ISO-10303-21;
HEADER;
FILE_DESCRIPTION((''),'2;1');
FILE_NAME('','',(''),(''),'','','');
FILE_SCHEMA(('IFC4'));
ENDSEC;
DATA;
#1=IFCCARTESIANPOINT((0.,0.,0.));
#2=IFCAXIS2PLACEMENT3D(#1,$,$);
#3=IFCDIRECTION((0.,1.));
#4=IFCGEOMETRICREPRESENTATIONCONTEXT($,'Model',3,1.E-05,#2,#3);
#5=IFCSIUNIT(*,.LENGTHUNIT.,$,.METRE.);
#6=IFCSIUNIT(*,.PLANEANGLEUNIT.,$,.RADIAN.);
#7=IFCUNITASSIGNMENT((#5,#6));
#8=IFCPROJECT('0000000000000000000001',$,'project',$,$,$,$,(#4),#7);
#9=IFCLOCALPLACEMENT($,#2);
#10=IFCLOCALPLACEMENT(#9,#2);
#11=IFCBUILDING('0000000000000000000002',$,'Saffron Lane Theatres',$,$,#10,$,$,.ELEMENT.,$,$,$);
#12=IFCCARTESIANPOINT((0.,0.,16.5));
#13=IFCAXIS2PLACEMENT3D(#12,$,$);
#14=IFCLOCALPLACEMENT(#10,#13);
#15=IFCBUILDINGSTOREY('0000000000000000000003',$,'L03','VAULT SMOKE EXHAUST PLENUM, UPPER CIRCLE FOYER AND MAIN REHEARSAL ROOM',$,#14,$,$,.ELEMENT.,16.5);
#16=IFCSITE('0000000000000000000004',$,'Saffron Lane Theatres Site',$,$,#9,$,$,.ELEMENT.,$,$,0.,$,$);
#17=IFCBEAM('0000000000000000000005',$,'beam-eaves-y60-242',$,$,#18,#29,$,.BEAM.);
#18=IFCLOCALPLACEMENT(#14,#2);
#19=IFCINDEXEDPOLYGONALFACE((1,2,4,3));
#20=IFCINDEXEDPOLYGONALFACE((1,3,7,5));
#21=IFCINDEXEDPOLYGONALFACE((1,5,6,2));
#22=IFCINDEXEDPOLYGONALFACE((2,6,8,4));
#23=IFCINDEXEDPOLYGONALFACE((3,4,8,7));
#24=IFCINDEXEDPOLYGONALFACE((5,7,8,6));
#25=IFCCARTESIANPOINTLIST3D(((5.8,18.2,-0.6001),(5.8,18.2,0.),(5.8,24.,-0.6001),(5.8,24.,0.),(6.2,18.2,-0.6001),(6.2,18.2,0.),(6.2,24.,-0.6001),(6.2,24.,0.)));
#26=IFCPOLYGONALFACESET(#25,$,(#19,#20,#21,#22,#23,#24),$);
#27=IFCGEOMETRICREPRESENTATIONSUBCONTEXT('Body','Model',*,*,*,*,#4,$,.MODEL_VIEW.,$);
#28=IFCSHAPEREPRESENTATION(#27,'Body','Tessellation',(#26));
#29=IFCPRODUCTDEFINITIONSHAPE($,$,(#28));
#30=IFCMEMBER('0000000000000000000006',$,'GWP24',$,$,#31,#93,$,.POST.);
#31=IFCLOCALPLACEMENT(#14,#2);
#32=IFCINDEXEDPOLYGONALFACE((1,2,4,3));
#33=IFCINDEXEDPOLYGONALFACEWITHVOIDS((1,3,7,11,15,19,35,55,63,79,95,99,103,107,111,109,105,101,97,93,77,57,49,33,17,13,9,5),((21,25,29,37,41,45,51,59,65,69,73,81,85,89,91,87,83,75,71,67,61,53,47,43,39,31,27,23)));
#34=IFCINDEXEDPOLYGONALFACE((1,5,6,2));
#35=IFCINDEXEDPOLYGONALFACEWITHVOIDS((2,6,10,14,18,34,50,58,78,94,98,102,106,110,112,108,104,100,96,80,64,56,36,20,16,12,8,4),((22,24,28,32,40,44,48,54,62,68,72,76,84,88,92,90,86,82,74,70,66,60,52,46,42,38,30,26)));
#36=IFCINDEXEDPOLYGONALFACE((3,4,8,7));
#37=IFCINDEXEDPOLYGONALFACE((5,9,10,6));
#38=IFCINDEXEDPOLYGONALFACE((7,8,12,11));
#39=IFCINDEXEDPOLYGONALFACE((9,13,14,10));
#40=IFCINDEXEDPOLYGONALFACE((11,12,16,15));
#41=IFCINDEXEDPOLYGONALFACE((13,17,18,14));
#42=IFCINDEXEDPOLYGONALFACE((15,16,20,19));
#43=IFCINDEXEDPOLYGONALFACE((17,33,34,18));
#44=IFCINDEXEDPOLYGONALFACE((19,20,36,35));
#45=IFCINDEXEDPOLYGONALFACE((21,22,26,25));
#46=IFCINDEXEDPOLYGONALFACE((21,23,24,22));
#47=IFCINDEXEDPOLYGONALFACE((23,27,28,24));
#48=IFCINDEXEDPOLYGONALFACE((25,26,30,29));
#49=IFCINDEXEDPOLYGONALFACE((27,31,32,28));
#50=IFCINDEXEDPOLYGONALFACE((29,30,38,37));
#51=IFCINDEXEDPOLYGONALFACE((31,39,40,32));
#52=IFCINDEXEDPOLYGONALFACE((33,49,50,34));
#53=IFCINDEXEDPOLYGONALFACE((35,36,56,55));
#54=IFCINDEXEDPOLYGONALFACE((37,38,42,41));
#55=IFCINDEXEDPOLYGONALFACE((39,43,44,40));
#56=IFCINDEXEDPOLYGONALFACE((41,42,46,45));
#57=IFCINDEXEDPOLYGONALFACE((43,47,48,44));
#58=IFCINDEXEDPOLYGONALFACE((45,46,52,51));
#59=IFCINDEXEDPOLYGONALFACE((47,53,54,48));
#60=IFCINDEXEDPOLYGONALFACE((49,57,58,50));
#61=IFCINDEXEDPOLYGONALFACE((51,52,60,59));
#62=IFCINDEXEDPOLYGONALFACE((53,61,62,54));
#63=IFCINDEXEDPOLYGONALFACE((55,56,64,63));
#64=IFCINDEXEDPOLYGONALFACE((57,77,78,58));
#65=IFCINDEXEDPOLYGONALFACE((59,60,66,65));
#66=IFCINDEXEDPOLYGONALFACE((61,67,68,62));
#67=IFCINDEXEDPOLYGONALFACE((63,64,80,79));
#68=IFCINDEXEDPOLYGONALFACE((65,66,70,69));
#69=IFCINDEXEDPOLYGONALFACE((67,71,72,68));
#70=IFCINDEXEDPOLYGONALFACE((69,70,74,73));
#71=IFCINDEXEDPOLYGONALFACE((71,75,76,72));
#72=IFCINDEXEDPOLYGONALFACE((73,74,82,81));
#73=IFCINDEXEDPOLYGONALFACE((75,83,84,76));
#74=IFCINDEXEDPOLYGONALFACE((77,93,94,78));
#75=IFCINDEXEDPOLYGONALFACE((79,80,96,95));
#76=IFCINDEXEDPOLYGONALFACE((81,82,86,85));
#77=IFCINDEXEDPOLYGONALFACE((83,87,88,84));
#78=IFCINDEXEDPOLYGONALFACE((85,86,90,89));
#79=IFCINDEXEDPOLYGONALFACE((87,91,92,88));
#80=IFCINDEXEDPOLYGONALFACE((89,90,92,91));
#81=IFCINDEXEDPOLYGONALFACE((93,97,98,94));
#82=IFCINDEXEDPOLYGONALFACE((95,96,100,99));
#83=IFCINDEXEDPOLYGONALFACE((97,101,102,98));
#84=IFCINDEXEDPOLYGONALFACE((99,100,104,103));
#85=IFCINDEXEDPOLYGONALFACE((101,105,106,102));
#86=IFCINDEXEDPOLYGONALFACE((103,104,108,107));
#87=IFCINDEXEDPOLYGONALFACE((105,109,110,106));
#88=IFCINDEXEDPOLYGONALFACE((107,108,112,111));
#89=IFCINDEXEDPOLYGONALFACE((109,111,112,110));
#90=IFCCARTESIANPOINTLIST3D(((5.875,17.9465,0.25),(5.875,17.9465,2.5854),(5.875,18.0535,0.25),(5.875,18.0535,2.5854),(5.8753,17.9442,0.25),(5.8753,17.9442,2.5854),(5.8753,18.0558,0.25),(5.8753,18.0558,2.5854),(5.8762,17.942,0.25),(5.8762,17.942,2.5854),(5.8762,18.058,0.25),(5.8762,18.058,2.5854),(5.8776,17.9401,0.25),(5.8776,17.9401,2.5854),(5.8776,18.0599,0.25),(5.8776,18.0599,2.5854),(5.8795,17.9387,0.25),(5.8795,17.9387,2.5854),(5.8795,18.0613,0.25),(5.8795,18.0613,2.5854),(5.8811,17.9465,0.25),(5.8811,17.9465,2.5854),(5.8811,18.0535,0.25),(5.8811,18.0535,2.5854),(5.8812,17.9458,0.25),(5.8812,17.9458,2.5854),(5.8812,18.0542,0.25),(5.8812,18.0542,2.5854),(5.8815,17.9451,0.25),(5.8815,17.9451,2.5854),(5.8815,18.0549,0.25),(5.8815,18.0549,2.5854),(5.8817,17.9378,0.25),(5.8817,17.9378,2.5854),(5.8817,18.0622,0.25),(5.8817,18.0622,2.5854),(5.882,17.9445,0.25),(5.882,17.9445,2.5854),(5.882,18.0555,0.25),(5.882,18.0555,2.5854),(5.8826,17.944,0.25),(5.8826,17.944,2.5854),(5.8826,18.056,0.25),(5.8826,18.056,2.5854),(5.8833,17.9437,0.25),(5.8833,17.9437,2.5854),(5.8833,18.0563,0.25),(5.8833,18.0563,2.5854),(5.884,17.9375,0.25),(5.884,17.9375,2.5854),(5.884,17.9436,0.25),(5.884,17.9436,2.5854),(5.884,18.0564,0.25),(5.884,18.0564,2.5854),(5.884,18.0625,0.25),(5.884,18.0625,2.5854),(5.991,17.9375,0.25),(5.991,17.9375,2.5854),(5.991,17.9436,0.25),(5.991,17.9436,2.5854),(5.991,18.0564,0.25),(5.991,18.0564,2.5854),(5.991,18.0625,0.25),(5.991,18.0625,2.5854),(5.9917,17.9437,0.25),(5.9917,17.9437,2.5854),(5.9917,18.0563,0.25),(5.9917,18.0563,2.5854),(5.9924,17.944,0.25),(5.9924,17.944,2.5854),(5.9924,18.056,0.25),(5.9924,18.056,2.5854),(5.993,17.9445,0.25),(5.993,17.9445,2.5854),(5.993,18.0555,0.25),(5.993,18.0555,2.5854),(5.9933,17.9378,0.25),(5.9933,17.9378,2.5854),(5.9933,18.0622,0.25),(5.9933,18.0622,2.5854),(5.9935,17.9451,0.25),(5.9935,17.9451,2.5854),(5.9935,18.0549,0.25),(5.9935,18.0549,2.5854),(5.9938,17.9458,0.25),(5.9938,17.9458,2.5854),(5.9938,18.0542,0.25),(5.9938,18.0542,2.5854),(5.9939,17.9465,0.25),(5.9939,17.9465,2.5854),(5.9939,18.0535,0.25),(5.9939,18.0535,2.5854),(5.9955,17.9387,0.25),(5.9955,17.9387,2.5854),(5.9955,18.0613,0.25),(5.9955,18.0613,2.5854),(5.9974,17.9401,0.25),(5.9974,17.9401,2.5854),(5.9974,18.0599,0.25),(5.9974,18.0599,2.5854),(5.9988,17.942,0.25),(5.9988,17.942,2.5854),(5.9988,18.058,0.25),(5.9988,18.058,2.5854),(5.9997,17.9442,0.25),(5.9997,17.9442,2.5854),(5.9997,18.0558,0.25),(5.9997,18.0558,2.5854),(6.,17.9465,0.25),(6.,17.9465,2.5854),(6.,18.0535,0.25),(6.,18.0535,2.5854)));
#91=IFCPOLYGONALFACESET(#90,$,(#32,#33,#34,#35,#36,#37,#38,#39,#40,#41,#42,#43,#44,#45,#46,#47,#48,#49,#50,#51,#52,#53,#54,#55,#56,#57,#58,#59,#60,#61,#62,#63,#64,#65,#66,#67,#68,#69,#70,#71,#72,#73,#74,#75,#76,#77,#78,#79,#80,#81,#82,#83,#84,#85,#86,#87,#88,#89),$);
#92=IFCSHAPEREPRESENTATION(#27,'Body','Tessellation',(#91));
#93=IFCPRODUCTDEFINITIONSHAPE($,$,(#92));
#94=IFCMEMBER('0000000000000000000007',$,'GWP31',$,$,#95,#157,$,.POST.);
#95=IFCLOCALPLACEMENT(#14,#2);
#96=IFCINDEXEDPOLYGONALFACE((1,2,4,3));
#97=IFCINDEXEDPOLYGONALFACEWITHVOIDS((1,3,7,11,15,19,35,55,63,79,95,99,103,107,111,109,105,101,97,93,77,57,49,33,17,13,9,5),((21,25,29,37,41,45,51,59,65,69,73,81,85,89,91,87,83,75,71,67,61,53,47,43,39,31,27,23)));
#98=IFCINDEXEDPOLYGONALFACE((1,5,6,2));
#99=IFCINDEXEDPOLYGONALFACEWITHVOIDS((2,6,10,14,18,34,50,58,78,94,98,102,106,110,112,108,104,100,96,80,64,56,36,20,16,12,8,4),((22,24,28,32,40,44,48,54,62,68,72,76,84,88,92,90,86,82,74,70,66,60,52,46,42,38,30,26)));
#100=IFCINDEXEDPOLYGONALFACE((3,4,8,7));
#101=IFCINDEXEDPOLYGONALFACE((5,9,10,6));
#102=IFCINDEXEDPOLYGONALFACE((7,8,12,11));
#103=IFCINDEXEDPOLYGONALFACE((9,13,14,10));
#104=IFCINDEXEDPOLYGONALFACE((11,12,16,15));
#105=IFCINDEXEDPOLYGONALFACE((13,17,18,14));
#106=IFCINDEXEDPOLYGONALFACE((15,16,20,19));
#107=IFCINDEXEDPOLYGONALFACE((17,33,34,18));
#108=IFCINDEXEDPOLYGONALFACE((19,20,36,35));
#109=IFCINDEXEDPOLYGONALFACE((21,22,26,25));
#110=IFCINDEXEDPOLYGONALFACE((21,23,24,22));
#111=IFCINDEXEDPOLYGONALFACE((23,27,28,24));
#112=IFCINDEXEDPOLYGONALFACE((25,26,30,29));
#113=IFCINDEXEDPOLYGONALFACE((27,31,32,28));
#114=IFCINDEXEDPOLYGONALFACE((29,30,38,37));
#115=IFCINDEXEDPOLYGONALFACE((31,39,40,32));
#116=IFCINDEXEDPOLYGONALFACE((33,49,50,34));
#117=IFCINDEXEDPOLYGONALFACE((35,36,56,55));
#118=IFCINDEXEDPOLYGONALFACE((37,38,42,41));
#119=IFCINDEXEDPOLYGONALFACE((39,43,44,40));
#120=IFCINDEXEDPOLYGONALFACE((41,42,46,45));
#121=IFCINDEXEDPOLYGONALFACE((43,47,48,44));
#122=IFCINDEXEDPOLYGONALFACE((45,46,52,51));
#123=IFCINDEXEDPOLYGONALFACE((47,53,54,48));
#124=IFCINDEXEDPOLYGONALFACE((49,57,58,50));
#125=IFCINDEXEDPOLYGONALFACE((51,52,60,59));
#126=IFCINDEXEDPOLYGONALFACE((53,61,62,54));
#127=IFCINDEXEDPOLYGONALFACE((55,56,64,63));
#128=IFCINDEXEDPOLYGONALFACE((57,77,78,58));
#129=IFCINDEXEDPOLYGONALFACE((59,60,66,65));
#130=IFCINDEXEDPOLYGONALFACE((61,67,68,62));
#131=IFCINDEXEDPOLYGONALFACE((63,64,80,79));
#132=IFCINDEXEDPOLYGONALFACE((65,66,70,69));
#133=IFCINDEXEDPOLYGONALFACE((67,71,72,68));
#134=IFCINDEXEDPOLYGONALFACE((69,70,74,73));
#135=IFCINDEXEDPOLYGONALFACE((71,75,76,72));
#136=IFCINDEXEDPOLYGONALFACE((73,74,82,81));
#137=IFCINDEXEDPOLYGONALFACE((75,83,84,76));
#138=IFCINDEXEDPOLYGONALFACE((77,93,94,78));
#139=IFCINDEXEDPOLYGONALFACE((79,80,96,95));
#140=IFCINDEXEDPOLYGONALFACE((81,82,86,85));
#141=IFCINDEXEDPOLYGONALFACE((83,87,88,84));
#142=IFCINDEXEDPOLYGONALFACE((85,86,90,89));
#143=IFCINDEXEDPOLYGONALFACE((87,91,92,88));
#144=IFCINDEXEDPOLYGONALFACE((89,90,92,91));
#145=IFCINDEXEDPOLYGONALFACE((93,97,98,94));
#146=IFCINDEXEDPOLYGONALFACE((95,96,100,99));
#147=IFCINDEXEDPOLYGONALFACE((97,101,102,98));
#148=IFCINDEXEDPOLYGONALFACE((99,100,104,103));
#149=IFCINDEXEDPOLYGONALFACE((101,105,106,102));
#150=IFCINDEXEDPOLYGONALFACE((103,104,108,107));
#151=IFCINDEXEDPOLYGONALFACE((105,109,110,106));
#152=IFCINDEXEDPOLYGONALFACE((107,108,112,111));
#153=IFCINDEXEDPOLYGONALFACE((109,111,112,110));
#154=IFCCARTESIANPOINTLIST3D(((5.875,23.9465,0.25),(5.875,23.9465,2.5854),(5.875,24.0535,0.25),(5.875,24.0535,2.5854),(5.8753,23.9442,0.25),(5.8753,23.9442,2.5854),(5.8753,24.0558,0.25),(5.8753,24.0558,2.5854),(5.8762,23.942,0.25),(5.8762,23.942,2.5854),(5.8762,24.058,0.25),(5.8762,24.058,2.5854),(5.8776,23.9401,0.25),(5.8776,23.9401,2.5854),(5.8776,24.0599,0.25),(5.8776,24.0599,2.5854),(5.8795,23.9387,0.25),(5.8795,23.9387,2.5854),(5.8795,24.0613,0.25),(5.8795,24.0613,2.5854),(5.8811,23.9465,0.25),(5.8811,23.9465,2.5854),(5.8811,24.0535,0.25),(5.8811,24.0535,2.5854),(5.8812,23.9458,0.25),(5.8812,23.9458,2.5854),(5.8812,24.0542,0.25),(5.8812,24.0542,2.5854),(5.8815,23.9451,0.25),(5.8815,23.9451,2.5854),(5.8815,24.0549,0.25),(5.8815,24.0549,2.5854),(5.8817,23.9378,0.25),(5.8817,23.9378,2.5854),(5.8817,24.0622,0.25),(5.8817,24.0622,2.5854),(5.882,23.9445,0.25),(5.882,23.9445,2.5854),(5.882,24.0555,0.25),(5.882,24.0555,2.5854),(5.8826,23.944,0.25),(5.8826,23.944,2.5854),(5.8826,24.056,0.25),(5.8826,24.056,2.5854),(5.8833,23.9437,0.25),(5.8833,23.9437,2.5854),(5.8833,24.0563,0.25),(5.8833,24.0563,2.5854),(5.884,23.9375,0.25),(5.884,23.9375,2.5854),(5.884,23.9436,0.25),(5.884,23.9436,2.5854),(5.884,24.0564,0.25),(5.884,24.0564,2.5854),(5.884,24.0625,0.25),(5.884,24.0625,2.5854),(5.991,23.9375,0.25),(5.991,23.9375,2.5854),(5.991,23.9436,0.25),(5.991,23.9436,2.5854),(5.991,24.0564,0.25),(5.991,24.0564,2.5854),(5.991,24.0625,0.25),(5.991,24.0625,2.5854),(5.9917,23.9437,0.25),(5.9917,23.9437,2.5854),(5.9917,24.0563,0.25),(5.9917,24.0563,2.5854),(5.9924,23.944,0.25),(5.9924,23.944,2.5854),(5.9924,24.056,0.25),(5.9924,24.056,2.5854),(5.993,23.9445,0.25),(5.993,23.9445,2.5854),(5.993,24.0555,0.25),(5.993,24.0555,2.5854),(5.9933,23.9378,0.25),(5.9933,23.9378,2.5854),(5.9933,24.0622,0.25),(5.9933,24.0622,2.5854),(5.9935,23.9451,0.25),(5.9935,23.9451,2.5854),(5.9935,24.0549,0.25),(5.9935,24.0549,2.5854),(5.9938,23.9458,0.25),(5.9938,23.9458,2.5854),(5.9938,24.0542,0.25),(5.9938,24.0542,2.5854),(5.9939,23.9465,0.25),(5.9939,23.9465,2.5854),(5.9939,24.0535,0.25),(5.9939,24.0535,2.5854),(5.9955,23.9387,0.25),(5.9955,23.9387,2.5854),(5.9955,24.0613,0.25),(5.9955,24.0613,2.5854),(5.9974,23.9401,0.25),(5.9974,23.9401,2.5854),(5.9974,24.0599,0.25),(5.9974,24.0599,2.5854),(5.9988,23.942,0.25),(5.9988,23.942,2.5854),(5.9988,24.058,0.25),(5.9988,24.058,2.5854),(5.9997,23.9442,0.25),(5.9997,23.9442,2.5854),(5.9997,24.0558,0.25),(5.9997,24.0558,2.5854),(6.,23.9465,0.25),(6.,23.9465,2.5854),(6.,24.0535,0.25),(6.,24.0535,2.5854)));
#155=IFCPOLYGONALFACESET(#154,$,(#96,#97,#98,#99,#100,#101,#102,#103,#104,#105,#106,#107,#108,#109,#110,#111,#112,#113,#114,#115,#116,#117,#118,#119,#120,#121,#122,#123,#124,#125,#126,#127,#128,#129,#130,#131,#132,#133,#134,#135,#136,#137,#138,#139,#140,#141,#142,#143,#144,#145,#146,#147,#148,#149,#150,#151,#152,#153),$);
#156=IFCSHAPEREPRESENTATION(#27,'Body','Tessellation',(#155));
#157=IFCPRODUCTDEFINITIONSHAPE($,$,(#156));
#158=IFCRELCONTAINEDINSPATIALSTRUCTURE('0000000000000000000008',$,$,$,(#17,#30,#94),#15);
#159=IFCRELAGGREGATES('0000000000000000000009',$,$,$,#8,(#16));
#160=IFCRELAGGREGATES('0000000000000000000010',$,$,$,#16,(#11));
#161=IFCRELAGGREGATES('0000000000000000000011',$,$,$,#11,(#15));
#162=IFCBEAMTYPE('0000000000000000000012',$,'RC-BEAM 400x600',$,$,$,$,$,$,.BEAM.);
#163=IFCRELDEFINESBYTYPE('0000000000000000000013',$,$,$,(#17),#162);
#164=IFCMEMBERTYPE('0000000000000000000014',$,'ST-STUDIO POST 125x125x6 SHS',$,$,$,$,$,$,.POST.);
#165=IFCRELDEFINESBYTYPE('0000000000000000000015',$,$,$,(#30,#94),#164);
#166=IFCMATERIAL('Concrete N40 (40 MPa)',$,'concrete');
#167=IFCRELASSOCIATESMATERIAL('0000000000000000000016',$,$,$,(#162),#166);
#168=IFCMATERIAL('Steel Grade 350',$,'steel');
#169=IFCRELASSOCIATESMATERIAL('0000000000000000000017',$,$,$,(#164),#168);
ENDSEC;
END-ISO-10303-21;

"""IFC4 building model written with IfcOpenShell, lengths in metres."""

from ifc_helpers import new_model, si_unit, direction, frame, origin, origin_2d, place, context, subcontext, project, spatial, rectangle, hollow_rectangle, extrude, material, material_profile, profile_set, type_object, element, save


model = new_model("IFC4")

# Units and contexts
model_context = context("Model", 3, precision=1e-05, world=origin(), true_north=direction((0.0, 1.0)))
body_context = subcontext(model_context, "Body", "Model", "MODEL_VIEW")
ifc_project = project(units=[si_unit("LENGTHUNIT", "METRE"), si_unit("PLANEANGLEUNIT", "RADIAN")], contexts=[model_context])

# Site, building, storey
site_placement = place(None, origin())
site = spatial("IfcSite", under=ifc_project, at=site_placement, Name="Saffron Lane Theatres Site", CompositionType="ELEMENT", RefElevation=0.0)
building_placement = place(site_placement, origin())
building = spatial("IfcBuilding", under=site, at=building_placement, Name="Saffron Lane Theatres", CompositionType="ELEMENT")
storey_placement = place(building_placement, frame((0.0, 0.0, 16.5)))
storey = spatial("IfcBuildingStorey", under=building, at=storey_placement, Name="L03", Description="VAULT SMOKE EXHAUST PLENUM, UPPER CIRCLE FOYER AND MAIN REHEARSAL ROOM", CompositionType="ELEMENT", Elevation=16.5)

# Beam
ifc_material_1 = material(Name="Concrete N40 (40 MPa)", Category="concrete")
ifc_material_profile_1 = material_profile(ifc_material_1, rectangle(XDim=0.3999, YDim=0.6001, at=origin_2d()))
ifc_profile_set_1 = profile_set([ifc_material_profile_1], Name="Concrete N40 (40 MPa)")
beam_type = type_object("IfcBeamType", Name="RC-BEAM 400x600", PredefinedType="BEAM", material=ifc_profile_set_1)
beam_placement = place(storey_placement, frame((6.0, 18.2, -0.3), z_axis=(0.0, 1.0, 0.0), x_axis=(-1.0, 0.0, 0.0)))
element("IfcBeam", 1, at=beam_placement, inside=storey, type_object=beam_type, Name="beam-eaves-y60-242", PredefinedType="BEAM", context=body_context, shape_type="SweptSolid", body=[
    extrude(rectangle(XDim=0.3999, YDim=0.6001, at=origin_2d()), origin(), (0.0, 0.0, 1.0), 5.8),
])

# Members
ifc_material_2 = material(Name="Steel Grade 350", Category="steel")
ifc_material_profile_2 = material_profile(ifc_material_2, hollow_rectangle(XDim=0.125, YDim=0.125, WallThickness=0.0061, InnerFilletRadius=0.0029, OuterFilletRadius=0.009, at=origin_2d()))
ifc_profile_set_2 = profile_set([ifc_material_profile_2], Name="Steel Grade 350")
member_type_1 = type_object("IfcMemberType", Name="ST-STUDIO POST 125x125x6 SHS", PredefinedType="POST", material=ifc_profile_set_2)
for number, where, z_axis, x_axis, name in (
    (2, (5.9375, 18.0, 0.25), (0.0, 0.0, 1.0), (1.0, 0.0, 0.0), "GWP24"),
    (3, (5.9375, 24.0, 0.25), (0.0, 0.0, 1.0), (1.0, 0.0, 0.0), "GWP31"),
):
    element("IfcMember", number, at=place(storey_placement, frame(where, z_axis=z_axis, x_axis=x_axis)), inside=storey, type_object=member_type_1, Name=name, PredefinedType="POST", context=body_context, shape_type="SweptSolid", body=[
        extrude(hollow_rectangle(XDim=0.125, YDim=0.125, WallThickness=0.0061, InnerFilletRadius=0.0029, OuterFilletRadius=0.009, at=origin_2d()), origin(), (0.0, 0.0, 1.0), 2.3354),
    ])

save(model, "model.ifc")
